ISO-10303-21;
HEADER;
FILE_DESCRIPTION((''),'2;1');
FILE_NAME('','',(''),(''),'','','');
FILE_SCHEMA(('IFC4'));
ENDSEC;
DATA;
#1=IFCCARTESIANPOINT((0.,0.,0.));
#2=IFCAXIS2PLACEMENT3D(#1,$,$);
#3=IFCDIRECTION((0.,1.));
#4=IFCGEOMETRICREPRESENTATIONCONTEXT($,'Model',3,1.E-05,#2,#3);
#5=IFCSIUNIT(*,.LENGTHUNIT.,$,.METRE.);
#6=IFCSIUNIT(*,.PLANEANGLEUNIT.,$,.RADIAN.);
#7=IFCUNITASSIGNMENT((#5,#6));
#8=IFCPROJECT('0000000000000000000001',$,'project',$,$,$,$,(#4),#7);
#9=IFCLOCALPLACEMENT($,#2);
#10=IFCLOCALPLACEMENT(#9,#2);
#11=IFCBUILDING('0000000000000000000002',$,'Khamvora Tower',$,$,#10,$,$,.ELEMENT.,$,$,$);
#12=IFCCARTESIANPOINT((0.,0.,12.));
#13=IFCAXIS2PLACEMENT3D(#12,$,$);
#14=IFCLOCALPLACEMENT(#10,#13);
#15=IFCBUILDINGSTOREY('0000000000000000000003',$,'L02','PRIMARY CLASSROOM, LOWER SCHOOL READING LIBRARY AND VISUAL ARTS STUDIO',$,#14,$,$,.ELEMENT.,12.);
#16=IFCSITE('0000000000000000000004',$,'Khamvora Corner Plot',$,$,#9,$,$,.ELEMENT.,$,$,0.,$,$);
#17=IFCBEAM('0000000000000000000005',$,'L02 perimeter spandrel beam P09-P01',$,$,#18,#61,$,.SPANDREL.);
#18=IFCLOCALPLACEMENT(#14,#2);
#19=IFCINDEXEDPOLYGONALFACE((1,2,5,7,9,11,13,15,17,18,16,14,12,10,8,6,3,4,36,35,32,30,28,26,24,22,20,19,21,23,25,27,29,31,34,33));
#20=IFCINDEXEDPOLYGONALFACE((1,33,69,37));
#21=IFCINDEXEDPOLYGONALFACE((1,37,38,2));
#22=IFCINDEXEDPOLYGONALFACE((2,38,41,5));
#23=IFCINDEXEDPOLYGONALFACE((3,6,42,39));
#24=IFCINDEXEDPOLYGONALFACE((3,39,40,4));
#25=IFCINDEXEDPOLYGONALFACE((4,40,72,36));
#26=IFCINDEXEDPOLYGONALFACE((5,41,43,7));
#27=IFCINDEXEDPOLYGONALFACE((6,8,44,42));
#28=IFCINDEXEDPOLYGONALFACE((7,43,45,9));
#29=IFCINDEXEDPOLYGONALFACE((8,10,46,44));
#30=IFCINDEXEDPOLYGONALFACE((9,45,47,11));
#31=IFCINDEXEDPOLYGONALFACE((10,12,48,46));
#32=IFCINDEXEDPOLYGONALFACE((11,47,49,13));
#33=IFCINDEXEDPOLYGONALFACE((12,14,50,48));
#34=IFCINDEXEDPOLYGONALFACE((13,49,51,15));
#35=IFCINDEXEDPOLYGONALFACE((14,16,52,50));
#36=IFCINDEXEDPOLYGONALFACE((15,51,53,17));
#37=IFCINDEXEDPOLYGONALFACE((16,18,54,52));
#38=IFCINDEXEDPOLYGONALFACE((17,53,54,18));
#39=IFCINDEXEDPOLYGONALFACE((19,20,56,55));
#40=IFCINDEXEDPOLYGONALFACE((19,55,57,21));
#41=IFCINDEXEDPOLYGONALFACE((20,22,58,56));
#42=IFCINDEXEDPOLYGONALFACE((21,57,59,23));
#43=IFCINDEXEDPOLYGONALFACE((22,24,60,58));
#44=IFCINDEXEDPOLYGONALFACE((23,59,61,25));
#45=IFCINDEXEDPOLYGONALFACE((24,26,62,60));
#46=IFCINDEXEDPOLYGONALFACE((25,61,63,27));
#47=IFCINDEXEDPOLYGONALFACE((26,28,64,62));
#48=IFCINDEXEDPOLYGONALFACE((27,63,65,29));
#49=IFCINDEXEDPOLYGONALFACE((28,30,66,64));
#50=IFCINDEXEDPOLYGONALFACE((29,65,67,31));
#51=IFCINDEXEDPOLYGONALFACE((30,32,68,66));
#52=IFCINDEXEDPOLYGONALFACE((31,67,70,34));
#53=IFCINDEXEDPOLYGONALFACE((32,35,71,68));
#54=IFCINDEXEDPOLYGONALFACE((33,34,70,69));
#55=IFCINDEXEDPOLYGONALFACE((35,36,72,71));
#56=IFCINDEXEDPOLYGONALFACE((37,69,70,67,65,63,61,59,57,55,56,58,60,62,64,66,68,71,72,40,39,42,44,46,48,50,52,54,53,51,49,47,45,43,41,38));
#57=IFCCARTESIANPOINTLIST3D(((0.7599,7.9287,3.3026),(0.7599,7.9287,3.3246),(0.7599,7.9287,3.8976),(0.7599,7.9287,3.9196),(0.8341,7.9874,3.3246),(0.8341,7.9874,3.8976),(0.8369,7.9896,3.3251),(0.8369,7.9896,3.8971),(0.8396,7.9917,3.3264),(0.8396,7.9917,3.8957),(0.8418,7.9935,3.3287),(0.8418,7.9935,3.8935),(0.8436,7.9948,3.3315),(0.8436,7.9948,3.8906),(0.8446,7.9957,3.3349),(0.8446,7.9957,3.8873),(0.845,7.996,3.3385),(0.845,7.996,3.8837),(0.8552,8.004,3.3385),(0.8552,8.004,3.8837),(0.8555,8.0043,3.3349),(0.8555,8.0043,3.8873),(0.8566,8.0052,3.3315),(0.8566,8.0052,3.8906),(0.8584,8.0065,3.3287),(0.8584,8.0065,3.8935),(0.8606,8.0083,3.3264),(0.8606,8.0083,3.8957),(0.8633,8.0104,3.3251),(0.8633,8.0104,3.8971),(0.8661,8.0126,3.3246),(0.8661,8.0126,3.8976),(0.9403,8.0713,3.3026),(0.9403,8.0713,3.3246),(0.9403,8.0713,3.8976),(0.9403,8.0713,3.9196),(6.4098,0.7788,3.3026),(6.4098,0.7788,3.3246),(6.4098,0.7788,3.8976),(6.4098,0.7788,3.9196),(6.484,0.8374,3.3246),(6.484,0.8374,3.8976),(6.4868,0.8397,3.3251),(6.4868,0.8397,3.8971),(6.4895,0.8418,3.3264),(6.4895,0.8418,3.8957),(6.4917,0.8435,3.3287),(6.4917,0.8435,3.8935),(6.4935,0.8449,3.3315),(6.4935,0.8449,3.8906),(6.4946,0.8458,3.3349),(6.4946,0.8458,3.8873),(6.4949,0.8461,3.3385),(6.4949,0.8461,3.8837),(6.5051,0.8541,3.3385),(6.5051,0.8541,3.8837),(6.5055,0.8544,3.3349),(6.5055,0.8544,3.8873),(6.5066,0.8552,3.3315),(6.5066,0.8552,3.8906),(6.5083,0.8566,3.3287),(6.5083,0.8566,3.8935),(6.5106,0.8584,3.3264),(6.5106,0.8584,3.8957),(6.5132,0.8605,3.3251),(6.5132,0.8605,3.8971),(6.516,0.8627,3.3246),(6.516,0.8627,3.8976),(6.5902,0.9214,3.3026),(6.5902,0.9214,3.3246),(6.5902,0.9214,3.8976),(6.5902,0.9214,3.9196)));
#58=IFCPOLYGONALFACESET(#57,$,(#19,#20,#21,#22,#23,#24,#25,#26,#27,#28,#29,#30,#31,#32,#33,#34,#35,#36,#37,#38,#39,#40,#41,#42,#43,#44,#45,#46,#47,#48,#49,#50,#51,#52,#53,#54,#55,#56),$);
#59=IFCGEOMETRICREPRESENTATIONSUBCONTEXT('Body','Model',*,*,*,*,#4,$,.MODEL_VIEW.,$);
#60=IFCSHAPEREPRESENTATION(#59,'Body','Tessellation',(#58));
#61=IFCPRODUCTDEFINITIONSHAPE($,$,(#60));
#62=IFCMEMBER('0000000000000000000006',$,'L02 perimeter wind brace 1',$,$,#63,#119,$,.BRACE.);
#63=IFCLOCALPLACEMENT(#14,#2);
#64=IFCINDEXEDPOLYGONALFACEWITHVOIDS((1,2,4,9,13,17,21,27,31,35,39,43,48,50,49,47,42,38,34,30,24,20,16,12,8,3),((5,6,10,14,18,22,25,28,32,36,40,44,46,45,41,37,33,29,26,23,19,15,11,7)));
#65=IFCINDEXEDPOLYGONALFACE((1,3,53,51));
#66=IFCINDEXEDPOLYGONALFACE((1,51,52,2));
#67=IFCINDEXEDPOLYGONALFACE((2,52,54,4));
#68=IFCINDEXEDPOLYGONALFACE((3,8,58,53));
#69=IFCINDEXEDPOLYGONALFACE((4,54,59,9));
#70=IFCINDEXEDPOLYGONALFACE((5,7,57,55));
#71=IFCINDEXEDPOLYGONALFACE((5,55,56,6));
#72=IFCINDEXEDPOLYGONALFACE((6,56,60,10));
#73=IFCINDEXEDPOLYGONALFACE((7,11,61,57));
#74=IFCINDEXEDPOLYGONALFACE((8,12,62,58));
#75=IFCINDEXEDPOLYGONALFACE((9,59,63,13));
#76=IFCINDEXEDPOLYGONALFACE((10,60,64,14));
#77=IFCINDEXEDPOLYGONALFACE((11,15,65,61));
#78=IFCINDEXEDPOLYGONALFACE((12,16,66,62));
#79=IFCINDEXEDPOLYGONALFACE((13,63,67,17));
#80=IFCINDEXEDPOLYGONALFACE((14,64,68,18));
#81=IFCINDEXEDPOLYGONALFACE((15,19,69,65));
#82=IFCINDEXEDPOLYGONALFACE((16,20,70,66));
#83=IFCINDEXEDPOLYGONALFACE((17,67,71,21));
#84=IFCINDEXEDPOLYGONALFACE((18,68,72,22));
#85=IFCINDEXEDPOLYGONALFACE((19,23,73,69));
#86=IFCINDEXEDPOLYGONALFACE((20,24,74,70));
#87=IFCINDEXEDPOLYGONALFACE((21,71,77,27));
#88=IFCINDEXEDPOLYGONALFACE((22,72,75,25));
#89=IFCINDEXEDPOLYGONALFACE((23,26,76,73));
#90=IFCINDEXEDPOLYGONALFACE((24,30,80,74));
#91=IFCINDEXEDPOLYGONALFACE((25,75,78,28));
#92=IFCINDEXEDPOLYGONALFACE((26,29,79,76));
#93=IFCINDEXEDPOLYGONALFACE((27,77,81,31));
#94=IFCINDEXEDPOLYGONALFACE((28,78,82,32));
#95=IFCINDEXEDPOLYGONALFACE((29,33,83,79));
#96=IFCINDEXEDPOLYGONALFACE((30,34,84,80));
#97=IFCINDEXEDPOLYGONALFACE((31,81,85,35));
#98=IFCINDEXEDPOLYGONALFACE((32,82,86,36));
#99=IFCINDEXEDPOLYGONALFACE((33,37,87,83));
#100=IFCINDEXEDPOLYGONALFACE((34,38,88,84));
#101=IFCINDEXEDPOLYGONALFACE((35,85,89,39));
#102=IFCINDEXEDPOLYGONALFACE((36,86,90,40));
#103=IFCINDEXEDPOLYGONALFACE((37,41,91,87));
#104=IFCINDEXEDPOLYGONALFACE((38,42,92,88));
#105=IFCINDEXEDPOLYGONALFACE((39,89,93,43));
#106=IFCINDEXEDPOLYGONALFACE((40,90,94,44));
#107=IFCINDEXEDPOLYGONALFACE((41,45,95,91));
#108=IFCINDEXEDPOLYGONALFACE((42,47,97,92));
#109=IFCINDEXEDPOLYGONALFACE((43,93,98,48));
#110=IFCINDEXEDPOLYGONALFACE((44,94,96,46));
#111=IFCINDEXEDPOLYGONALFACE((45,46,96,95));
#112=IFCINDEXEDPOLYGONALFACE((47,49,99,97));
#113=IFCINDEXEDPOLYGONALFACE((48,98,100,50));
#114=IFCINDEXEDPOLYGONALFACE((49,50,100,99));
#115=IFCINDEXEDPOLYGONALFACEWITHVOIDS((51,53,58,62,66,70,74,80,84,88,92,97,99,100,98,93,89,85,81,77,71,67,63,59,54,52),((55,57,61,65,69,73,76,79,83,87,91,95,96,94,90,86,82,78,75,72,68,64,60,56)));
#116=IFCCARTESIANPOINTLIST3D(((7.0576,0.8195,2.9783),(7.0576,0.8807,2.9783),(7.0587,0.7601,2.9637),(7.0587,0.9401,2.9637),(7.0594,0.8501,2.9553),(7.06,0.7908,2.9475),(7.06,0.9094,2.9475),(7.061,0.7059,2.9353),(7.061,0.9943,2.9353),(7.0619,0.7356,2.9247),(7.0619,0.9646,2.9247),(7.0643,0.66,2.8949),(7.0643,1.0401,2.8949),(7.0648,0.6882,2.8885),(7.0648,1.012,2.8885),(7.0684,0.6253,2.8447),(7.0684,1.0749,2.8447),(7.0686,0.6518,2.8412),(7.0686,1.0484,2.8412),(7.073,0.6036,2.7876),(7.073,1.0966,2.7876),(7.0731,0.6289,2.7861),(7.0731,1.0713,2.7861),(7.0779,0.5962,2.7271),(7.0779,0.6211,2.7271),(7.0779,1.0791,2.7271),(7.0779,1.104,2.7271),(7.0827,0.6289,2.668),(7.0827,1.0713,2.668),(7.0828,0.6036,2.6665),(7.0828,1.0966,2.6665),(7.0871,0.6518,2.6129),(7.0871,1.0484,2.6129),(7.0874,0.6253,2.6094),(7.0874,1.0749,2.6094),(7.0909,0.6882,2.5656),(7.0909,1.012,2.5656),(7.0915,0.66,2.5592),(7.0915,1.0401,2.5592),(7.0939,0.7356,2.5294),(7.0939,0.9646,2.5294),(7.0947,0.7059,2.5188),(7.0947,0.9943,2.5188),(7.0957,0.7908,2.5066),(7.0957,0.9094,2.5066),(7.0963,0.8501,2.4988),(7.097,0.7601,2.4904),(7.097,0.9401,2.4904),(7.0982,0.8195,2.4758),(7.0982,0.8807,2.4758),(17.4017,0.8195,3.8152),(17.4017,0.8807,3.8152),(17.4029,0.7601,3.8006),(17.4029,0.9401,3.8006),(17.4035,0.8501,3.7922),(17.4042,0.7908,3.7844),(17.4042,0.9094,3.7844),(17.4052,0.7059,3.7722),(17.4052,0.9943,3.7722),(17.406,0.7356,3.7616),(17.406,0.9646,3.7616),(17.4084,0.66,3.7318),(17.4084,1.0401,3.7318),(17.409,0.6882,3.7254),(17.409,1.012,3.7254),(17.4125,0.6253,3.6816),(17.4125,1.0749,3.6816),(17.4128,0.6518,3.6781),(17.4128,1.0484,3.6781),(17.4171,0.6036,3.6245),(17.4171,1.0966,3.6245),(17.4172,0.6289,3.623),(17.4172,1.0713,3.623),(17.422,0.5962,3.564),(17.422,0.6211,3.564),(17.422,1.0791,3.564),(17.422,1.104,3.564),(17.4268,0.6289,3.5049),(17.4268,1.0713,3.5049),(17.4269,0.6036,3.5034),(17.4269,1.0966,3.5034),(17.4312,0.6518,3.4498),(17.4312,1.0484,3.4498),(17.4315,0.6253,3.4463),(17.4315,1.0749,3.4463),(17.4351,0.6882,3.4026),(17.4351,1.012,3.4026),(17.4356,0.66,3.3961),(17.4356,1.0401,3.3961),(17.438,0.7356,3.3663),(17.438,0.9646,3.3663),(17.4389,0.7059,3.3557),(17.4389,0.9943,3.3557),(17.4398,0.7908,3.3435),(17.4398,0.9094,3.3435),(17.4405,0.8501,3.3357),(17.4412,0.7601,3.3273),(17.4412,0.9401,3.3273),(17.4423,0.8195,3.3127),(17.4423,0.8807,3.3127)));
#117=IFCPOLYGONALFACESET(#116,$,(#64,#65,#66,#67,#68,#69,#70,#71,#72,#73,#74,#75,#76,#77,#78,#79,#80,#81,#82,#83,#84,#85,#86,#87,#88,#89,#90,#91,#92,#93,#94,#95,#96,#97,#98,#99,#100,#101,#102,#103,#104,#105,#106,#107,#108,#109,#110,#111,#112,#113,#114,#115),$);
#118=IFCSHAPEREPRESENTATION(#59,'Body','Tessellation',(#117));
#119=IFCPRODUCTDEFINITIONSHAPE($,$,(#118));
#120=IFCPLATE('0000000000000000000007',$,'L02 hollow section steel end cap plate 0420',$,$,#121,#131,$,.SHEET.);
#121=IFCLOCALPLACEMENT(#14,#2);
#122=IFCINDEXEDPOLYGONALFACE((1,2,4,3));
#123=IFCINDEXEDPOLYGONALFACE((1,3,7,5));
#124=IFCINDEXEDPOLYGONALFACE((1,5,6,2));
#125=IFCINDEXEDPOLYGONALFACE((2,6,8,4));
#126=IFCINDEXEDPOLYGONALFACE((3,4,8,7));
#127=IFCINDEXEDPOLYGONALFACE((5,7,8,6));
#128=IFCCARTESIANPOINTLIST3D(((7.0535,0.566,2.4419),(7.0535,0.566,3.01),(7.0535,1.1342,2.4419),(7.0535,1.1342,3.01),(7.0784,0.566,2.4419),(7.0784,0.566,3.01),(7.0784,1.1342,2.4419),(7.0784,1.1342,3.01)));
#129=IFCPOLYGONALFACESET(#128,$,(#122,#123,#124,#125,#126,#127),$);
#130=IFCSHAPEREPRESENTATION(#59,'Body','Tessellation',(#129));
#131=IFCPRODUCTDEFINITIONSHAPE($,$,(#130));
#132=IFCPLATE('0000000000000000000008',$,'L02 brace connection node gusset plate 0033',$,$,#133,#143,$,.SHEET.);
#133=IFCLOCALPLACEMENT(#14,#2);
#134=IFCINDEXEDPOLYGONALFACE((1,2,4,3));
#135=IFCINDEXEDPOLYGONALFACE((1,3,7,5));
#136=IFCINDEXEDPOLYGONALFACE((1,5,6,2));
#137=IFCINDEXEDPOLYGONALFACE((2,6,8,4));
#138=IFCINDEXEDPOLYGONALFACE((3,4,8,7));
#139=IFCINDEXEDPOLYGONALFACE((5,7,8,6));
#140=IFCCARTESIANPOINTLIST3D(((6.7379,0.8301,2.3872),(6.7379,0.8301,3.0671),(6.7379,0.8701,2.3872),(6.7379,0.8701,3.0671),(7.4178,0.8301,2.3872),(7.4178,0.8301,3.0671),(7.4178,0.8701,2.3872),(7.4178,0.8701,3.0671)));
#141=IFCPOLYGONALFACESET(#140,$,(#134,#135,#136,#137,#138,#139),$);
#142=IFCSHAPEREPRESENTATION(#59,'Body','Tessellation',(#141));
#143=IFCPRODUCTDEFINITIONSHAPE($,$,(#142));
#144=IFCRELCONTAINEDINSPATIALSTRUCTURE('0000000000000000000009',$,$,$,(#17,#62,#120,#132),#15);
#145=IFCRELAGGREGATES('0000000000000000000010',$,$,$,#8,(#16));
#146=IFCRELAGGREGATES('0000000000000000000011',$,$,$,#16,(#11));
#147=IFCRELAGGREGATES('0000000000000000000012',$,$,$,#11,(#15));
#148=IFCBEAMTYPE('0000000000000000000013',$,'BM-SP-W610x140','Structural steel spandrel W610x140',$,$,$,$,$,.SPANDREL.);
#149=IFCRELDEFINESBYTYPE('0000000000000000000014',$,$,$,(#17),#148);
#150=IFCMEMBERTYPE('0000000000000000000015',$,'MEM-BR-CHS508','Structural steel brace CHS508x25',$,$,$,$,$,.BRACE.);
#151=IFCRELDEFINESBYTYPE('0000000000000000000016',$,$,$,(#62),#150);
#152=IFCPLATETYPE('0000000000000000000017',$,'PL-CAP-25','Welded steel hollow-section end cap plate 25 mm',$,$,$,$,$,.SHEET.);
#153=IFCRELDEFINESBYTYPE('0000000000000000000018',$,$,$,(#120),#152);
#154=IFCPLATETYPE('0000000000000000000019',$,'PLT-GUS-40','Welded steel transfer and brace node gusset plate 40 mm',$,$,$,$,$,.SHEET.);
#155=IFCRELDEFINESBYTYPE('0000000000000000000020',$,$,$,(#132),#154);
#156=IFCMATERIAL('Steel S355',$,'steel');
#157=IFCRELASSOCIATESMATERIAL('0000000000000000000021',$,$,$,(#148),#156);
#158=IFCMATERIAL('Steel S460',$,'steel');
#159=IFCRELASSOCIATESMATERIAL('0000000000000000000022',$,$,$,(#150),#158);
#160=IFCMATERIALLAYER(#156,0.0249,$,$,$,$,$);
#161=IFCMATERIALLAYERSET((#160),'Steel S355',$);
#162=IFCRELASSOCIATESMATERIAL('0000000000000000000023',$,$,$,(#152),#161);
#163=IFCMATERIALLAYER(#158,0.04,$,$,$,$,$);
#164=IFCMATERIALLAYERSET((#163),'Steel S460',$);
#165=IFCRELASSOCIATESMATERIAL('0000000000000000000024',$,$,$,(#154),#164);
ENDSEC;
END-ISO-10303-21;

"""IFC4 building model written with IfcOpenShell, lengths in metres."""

from ifc_helpers import new_model, si_unit, direction, frame, origin, origin_2d, place, context, subcontext, project, spatial, rectangle, hollow_circle, i_section, extrude, material, layer, layer_set, material_profile, profile_set, type_object, element, save


model = new_model("IFC4")

# Units and contexts
model_context = context("Model", 3, precision=1e-05, world=origin(), true_north=direction((0.0, 1.0)))
body_context = subcontext(model_context, "Body", "Model", "MODEL_VIEW")
ifc_project = project(units=[si_unit("LENGTHUNIT", "METRE"), si_unit("PLANEANGLEUNIT", "RADIAN")], contexts=[model_context])

# Site, building, storey
site_placement = place(None, origin())
site = spatial("IfcSite", under=ifc_project, at=site_placement, Name="Khamvora Corner Plot", CompositionType="ELEMENT", RefElevation=0.0)
building_placement = place(site_placement, origin())
building = spatial("IfcBuilding", under=site, at=building_placement, Name="Khamvora Tower", CompositionType="ELEMENT")
storey_placement = place(building_placement, frame((0.0, 0.0, 12.0)))
storey = spatial("IfcBuildingStorey", under=building, at=storey_placement, Name="L02", Description="PRIMARY CLASSROOM, LOWER SCHOOL READING LIBRARY AND VISUAL ARTS STUDIO", CompositionType="ELEMENT", Elevation=12.0)

# Shared definitions
ifc_material_1 = material(Name="Steel S460", Category="steel")

# Beam
ifc_material_2 = material(Name="Steel S355", Category="steel")
ifc_material_profile_1 = material_profile(ifc_material_2, i_section(OverallWidth=0.23, OverallDepth=0.6169, WebThickness=0.0129, FlangeThickness=0.022, FilletRadius=0.0139, at=origin_2d()), Name="W610x140")
ifc_profile_set_1 = profile_set([ifc_material_profile_1], Name="Steel S355")
beam_type_1 = type_object("IfcBeamType", Name="BM-SP-W610x140", Description="Structural steel spandrel W610x140", PredefinedType="SPANDREL", material=ifc_profile_set_1)
beam_1_placement = place(storey_placement, frame((0.8501, 8.0, 3.6111), z_axis=(0.619999, -0.784603, 0.0), x_axis=(0.784603, 0.619999, 0.0)))
element("IfcBeam", 1, at=beam_1_placement, inside=storey, type_object=beam_type_1, Name="L02 perimeter spandrel beam P09-P01", PredefinedType="SPANDREL", context=body_context, shape_type="SweptSolid", body=[
    extrude(i_section(OverallWidth=0.23, OverallDepth=0.6169, WebThickness=0.0129, FlangeThickness=0.022, FilletRadius=0.0139, at=origin_2d()), origin(), (0.0, 0.0, 1.0), 9.1128),
])

# Member
ifc_material_profile_2 = material_profile(ifc_material_1, hollow_circle(Radius=0.2539, WallThickness=0.0249, at=origin_2d()), Name="CHS508x25")
ifc_profile_set_2 = profile_set([ifc_material_profile_2], Name="Steel S460")
member_type = type_object("IfcMemberType", Name="MEM-BR-CHS508", Description="Structural steel brace CHS508x25", PredefinedType="BRACE", material=ifc_profile_set_2)
member_placement = place(storey_placement, frame((7.0779, 0.8501, 2.7271), z_axis=(0.996743, 0.0, 0.080643), x_axis=(0.0, 1.0, 0.0)))
element("IfcMember", 2, at=member_placement, inside=storey, type_object=member_type, Name="L02 perimeter wind brace 1", PredefinedType="BRACE", context=body_context, shape_type="SweptSolid", body=[
    extrude(hollow_circle(Radius=0.2539, WallThickness=0.0249, at=origin_2d()), origin(), (0.0, 0.0, 1.0), 10.3779),
])

# Plates
ifc_layer_1 = layer(ifc_material_2, 0.0249)
ifc_layer_set_1 = layer_set([ifc_layer_1], Name="Steel S355")
plate_type_1 = type_object("IfcPlateType", Name="PL-CAP-25", Description="Welded steel hollow-section end cap plate 25 mm", PredefinedType="SHEET", material=ifc_layer_set_1)
plate_1_placement = place(storey_placement, frame((7.0659, 0.8501, 2.4419), z_axis=(0.0, 0.0, 1.0), x_axis=(1.0, 0.0, 0.0)))
element("IfcPlate", 3, at=plate_1_placement, inside=storey, type_object=plate_type_1, Name="L02 hollow section steel end cap plate 0420", PredefinedType="SHEET", context=body_context, shape_type="SweptSolid", body=[
    extrude(rectangle(XDim=0.0249, YDim=0.5681, at=origin_2d()), origin(), (0.0, 0.0, 1.0), 0.5681),
])
ifc_layer_2 = layer(ifc_material_1, 0.04)
ifc_layer_set_2 = layer_set([ifc_layer_2], Name="Steel S460")
plate_type_2 = type_object("IfcPlateType", Name="PLT-GUS-40", Description="Welded steel transfer and brace node gusset plate 40 mm", PredefinedType="SHEET", material=ifc_layer_set_2)
plate_2_placement = place(storey_placement, frame((7.0779, 0.8501, 2.3872), z_axis=(0.0, 0.0, 1.0), x_axis=(1.0, 0.0, 0.0)))
element("IfcPlate", 4, at=plate_2_placement, inside=storey, type_object=plate_type_2, Name="L02 brace connection node gusset plate 0033", PredefinedType="SHEET", context=body_context, shape_type="SweptSolid", body=[
    extrude(rectangle(XDim=0.6799, YDim=0.04, at=origin_2d()), origin(), (0.0, 0.0, 1.0), 0.6799),
])

save(model, "model.ifc")
